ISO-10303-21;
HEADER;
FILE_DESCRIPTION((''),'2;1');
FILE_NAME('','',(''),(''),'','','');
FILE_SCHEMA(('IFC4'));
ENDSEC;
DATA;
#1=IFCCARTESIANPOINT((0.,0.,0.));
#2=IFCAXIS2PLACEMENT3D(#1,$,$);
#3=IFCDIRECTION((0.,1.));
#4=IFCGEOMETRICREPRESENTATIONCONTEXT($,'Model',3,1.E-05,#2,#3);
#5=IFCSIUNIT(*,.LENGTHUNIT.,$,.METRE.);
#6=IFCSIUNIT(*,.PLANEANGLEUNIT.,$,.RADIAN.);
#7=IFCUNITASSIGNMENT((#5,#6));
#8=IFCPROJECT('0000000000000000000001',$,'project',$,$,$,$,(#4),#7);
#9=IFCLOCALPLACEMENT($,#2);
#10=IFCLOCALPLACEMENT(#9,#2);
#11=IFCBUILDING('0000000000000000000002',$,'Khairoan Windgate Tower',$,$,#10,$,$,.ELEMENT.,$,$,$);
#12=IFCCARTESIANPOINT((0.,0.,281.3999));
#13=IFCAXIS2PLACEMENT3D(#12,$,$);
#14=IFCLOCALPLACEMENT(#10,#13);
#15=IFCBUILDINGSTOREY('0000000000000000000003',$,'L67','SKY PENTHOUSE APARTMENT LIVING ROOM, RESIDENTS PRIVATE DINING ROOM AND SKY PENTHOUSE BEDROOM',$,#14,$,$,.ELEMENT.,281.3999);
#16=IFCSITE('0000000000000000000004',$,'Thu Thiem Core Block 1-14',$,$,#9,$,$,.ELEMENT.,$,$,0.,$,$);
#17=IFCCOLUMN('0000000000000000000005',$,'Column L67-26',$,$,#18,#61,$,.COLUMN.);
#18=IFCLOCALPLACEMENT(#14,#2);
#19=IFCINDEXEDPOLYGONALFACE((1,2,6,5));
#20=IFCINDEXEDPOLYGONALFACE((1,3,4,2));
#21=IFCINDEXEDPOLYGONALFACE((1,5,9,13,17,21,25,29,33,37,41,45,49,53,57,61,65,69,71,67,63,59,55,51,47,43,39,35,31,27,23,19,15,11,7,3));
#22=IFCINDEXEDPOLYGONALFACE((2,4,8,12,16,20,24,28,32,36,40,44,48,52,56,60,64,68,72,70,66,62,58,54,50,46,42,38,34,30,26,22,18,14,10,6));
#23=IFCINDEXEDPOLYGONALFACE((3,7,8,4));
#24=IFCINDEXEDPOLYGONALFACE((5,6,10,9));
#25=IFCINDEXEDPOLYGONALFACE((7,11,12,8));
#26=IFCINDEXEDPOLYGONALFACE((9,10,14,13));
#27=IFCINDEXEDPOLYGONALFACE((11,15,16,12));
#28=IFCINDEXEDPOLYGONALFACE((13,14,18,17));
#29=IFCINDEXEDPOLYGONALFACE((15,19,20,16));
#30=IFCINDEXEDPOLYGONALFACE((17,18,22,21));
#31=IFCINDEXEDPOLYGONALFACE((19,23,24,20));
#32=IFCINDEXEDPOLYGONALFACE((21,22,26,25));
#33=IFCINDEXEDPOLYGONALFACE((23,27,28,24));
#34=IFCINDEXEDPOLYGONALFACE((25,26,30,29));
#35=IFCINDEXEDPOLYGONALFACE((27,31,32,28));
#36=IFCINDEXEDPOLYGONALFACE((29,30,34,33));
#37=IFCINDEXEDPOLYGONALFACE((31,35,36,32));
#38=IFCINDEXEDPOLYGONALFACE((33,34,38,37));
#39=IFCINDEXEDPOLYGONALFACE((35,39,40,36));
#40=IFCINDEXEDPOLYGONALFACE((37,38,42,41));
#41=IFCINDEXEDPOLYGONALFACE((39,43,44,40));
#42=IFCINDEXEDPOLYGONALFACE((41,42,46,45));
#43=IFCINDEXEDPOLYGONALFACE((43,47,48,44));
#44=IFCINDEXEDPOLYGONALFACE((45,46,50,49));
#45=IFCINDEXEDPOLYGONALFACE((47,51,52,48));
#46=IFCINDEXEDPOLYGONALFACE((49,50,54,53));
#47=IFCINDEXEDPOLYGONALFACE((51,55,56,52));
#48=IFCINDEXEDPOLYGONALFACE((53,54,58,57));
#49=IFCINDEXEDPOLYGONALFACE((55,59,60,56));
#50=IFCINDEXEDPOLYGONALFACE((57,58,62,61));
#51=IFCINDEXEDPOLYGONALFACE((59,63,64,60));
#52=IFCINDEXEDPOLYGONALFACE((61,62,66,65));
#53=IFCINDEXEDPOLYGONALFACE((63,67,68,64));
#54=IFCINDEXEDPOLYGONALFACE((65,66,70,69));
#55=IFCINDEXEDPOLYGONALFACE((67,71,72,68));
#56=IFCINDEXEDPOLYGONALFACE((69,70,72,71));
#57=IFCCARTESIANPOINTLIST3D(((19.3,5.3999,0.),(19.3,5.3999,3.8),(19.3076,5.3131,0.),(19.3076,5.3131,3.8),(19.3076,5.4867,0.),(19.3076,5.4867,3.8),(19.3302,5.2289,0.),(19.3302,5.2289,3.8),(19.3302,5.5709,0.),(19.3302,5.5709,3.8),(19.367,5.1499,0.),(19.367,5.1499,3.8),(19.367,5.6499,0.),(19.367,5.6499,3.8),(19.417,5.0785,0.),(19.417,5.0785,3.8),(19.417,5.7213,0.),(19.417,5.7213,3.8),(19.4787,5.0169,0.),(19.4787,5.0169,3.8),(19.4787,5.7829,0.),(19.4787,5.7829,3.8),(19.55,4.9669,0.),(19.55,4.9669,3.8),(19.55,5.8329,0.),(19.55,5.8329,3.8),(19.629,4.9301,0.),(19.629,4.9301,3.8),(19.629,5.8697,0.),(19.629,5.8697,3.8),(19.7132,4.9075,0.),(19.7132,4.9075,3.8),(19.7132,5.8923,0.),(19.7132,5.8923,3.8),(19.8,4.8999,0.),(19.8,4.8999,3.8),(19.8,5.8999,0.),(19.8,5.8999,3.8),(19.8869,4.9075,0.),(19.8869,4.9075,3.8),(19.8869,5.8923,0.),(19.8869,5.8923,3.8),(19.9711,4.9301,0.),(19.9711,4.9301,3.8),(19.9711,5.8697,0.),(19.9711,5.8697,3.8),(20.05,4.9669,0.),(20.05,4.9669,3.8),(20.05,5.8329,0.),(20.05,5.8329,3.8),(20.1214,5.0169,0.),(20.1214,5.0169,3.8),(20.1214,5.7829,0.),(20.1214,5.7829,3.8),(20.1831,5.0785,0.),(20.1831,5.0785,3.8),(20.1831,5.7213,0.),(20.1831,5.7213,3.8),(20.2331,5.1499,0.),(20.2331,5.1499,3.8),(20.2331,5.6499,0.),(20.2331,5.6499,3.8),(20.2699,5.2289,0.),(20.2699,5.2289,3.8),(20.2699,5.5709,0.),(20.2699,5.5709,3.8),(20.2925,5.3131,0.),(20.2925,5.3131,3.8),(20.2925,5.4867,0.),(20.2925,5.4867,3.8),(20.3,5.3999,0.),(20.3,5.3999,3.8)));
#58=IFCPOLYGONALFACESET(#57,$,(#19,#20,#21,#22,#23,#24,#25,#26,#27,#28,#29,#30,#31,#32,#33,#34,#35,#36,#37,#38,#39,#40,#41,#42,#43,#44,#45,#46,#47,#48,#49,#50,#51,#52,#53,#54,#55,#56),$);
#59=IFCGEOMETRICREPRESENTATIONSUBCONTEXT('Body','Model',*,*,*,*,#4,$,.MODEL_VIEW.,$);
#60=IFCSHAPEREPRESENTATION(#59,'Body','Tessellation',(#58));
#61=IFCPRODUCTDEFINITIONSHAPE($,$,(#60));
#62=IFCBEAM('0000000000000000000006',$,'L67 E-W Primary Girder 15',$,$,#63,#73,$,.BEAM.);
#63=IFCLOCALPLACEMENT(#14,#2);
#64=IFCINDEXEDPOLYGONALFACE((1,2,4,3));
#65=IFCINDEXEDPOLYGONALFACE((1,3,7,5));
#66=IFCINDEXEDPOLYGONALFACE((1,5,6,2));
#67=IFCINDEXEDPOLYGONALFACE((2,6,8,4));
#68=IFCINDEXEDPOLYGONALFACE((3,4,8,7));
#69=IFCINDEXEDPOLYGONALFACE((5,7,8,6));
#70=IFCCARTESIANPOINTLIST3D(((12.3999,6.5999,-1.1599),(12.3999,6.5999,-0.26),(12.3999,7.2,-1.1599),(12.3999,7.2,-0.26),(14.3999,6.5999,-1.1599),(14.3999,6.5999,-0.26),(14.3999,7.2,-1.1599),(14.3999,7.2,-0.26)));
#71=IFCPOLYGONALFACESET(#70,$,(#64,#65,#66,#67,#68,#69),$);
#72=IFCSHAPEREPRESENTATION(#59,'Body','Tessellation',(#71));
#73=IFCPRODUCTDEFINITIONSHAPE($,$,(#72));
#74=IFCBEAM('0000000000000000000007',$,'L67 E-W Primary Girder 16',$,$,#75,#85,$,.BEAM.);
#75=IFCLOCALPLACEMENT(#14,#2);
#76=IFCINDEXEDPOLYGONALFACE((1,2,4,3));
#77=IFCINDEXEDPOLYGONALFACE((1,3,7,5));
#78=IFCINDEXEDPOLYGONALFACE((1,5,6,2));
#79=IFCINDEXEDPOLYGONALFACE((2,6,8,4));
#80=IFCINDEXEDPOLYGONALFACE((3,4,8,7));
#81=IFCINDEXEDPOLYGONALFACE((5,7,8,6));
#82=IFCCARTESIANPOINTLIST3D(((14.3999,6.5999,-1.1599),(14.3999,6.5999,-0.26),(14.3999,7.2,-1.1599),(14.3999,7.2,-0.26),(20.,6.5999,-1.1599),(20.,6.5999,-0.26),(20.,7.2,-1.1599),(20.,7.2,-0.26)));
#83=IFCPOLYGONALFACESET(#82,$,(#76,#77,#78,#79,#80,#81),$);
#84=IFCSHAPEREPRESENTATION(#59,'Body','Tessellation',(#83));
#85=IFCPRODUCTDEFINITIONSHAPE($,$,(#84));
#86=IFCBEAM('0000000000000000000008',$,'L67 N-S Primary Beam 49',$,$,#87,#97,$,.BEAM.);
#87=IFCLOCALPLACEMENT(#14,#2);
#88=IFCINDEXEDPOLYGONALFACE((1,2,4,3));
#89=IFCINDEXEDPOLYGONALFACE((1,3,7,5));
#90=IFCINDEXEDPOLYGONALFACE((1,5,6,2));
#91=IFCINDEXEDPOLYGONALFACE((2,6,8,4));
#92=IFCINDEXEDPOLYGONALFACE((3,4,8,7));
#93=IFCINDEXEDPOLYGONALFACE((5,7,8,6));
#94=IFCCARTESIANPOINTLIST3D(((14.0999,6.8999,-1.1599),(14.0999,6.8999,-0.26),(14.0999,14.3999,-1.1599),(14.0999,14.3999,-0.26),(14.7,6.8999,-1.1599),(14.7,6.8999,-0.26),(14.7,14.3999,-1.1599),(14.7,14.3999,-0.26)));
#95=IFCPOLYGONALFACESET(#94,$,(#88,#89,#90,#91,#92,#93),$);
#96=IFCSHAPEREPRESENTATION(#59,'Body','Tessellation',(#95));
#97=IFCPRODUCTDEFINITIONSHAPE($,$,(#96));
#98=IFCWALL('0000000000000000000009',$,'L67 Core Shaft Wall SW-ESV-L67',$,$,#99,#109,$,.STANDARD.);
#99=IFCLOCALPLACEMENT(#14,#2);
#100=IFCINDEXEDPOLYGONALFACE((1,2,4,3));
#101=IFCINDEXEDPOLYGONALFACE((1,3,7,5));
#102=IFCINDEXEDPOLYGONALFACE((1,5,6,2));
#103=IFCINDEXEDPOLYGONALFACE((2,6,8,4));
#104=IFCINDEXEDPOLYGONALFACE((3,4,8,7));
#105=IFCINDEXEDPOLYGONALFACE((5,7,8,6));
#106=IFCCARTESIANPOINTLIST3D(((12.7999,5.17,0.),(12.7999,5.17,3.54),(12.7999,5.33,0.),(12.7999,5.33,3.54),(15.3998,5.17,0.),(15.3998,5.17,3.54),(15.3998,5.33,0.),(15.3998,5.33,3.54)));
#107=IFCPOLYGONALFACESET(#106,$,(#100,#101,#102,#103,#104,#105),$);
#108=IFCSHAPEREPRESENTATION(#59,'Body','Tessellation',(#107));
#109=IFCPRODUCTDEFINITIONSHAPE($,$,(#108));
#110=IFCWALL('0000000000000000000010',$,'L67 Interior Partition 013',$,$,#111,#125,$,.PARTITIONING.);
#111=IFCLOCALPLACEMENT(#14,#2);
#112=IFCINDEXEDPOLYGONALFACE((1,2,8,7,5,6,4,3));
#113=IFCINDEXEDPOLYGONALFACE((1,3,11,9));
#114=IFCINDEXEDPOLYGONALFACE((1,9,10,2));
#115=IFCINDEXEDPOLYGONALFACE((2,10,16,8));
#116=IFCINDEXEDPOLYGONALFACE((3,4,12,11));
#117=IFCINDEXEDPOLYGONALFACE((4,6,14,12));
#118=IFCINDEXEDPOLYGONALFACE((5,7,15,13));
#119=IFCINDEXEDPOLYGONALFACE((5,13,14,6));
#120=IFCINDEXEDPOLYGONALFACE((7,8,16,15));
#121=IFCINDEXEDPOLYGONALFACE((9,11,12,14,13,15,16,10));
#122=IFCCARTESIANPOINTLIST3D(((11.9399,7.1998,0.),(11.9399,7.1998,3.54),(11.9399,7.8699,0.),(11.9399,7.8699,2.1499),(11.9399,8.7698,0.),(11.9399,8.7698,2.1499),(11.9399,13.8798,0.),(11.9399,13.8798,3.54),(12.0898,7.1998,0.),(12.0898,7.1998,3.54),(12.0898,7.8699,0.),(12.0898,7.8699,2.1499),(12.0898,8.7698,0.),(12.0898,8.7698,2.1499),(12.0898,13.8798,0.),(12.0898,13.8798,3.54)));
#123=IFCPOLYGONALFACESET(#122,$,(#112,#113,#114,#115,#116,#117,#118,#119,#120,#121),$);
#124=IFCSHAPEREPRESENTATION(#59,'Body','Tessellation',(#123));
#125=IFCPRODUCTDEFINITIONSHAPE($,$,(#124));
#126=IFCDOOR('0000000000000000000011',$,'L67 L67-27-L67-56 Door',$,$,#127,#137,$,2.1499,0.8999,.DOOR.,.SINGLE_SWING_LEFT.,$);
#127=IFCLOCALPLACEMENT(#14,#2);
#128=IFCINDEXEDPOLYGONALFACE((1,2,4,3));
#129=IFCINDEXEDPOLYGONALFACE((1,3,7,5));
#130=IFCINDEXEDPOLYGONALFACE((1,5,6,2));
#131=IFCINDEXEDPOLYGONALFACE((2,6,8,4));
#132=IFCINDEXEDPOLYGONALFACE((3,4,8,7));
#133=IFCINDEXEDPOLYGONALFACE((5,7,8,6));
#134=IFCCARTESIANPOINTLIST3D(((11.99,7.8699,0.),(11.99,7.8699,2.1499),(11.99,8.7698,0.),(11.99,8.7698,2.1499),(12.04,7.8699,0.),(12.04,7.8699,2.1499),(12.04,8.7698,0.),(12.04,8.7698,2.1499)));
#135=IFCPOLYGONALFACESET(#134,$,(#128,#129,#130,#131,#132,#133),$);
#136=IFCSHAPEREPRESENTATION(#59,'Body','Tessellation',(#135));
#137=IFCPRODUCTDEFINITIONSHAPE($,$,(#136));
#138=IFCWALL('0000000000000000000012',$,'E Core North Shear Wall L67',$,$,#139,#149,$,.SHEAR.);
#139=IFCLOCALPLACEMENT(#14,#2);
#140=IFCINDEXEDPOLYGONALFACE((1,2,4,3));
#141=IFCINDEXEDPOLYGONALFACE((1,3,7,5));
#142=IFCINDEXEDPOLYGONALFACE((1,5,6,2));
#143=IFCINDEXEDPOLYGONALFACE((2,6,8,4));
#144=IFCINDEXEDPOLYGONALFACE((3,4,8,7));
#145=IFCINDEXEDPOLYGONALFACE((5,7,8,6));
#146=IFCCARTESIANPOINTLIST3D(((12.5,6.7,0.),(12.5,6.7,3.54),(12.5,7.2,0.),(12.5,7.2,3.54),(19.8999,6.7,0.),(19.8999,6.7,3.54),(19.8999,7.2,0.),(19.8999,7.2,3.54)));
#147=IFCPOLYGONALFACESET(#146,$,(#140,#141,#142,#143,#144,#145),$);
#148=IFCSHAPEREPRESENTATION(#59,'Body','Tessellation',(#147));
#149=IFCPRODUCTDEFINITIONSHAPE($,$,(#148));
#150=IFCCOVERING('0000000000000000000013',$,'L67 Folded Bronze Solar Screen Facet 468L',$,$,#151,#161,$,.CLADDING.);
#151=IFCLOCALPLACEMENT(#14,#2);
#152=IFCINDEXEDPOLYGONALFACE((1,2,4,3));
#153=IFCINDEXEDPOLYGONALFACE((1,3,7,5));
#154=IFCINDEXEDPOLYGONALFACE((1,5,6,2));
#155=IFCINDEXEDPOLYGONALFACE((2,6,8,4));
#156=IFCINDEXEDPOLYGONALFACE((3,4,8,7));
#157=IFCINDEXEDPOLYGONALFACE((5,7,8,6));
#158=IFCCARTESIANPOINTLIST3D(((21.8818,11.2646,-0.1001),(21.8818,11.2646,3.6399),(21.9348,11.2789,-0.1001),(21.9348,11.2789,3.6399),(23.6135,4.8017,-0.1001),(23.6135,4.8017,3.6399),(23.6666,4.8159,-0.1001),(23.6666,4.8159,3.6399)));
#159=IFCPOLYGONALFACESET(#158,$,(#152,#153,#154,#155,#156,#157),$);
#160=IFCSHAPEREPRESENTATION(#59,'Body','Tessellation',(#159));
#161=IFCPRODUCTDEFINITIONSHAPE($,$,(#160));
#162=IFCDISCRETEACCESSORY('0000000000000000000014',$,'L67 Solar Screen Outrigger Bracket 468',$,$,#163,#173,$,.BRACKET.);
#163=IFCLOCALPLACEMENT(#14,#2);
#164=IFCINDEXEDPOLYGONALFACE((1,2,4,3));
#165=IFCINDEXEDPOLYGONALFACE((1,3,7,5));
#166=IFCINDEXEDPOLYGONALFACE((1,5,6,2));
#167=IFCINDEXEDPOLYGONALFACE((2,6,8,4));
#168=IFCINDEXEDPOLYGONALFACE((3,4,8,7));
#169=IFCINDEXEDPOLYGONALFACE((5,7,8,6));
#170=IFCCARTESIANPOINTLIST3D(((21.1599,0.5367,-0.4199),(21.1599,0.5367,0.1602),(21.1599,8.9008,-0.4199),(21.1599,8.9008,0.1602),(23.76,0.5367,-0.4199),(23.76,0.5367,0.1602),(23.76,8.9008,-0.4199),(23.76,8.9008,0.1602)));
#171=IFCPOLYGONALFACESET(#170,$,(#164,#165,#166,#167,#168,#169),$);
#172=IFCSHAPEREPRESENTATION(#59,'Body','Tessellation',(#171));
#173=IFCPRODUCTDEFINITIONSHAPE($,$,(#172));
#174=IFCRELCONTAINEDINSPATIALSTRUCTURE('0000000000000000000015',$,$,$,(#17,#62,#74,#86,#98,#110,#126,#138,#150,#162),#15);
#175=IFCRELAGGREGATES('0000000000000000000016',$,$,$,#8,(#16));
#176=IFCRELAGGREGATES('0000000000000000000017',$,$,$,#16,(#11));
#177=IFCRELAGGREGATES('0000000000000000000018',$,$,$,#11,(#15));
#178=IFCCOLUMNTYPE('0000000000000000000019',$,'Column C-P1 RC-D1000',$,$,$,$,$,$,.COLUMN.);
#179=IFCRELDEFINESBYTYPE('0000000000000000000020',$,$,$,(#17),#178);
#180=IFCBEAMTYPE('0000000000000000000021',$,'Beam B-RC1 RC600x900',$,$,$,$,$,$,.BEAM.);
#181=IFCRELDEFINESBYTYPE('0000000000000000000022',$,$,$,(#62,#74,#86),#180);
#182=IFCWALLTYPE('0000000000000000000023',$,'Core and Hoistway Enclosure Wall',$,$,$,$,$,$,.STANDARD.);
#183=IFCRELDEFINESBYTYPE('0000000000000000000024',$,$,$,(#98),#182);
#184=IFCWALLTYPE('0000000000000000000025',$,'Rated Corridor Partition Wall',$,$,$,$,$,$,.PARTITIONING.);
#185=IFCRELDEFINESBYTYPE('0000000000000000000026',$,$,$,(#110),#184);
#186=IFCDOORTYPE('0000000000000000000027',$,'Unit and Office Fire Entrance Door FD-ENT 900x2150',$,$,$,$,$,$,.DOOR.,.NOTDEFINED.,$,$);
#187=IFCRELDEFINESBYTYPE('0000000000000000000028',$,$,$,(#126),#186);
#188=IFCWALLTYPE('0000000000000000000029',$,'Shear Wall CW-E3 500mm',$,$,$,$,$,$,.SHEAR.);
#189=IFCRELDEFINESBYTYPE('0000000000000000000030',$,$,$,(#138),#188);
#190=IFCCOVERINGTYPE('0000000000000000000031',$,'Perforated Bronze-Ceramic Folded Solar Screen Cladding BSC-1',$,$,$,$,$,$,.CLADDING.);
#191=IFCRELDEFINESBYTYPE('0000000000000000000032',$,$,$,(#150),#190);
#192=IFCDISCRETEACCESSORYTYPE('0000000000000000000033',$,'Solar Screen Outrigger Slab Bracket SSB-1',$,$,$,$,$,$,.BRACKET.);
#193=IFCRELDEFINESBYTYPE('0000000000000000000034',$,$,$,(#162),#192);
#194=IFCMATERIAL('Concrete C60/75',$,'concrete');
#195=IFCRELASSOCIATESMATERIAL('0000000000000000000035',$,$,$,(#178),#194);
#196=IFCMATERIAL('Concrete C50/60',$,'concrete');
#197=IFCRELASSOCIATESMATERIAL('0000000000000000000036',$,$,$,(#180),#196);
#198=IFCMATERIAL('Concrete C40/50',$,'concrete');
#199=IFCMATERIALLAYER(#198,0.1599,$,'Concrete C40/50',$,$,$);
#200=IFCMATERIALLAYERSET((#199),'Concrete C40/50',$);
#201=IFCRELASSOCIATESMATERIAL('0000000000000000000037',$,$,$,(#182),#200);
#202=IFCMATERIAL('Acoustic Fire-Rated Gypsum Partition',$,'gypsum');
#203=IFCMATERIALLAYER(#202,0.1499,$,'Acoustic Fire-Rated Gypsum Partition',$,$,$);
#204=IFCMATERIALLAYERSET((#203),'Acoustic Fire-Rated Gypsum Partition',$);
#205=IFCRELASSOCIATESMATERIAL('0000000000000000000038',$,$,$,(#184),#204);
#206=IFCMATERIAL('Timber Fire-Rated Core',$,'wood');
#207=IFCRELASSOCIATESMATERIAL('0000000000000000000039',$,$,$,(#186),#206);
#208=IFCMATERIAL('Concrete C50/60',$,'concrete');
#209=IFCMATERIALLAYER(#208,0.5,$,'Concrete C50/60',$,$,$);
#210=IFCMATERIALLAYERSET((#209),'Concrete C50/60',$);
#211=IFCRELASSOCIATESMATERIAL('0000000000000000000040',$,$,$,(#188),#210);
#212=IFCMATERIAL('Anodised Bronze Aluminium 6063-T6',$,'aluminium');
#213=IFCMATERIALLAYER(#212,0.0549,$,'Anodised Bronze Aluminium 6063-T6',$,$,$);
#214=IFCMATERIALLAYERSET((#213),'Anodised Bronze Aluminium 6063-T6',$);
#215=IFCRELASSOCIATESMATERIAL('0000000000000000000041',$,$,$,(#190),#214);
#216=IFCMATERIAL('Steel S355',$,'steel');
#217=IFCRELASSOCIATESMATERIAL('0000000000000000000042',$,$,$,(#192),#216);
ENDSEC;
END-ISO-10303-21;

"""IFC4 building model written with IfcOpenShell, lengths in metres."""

from ifc_helpers import new_model, si_unit, direction, frame, frame_2d, origin, origin_2d, place, context, subcontext, project, spatial, rectangle, circle, extrude, material, layer, layer_set, material_profile, profile_set, type_object, element, fill, save


model = new_model("IFC4")

# Units and contexts
model_context = context("Model", 3, precision=1e-05, world=origin(), true_north=direction((0.0, 1.0)))
body_context = subcontext(model_context, "Body", "Model", "MODEL_VIEW")
ifc_project = project(units=[si_unit("LENGTHUNIT", "METRE"), si_unit("PLANEANGLEUNIT", "RADIAN")], contexts=[model_context])

# Site, building, storey
site_placement = place(None, origin())
site = spatial("IfcSite", under=ifc_project, at=site_placement, Name="Thu Thiem Core Block 1-14", CompositionType="ELEMENT", RefElevation=0.0)
building_placement = place(site_placement, origin())
building = spatial("IfcBuilding", under=site, at=building_placement, Name="Khairoan Windgate Tower", CompositionType="ELEMENT")
storey_placement = place(building_placement, frame((0.0, 0.0, 281.3999)))
storey = spatial("IfcBuildingStorey", under=building, at=storey_placement, Name="L67", Description="SKY PENTHOUSE APARTMENT LIVING ROOM, RESIDENTS PRIVATE DINING ROOM AND SKY PENTHOUSE BEDROOM", CompositionType="ELEMENT", Elevation=281.3999)

# Column
ifc_material_1 = material(Name="Concrete C60/75", Category="concrete")
ifc_material_profile_1 = material_profile(ifc_material_1, circle(Radius=0.5, at=origin_2d()))
ifc_profile_set_1 = profile_set([ifc_material_profile_1], Name="Concrete C60/75")
column_type = type_object("IfcColumnType", Name="Column C-P1 RC-D1000", PredefinedType="COLUMN", material=ifc_profile_set_1)
column_placement = place(storey_placement, frame((19.8, 5.3999, 0.0), z_axis=(0.0, 0.0, 1.0), x_axis=(1.0, 0.0, 0.0)))
element("IfcColumn", 1, at=column_placement, inside=storey, type_object=column_type, Name="Column L67-26", PredefinedType="COLUMN", context=body_context, shape_type="SweptSolid", body=[
    extrude(circle(Radius=0.5, at=origin_2d()), origin(), (0.0, 0.0, 1.0), 3.8),
])

# Beams
ifc_material_2 = material(Name="Concrete C50/60", Category="concrete")
ifc_material_profile_2 = material_profile(ifc_material_2, rectangle(XDim=0.6001, YDim=0.8999, at=origin_2d()))
ifc_profile_set_2 = profile_set([ifc_material_profile_2], Name="Concrete C50/60")
beam_type = type_object("IfcBeamType", Name="Beam B-RC1 RC600x900", PredefinedType="BEAM", material=ifc_profile_set_2)
beam_1_placement = place(storey_placement, frame((12.3999, 6.8999, -0.71), z_axis=(1.0, 0.0, 0.0), x_axis=(0.0, 1.0, 0.0)))
element("IfcBeam", 2, at=beam_1_placement, inside=storey, type_object=beam_type, Name="L67 E-W Primary Girder 15", PredefinedType="BEAM", context=body_context, shape_type="SweptSolid", body=[
    extrude(rectangle(XDim=0.6001, YDim=0.8999, at=origin_2d()), origin(), (0.0, 0.0, 1.0), 2.0),
])
beam_2_placement = place(storey_placement, frame((14.3999, 6.8999, -0.71), z_axis=(1.0, 0.0, 0.0), x_axis=(0.0, 1.0, 0.0)))
element("IfcBeam", 3, at=beam_2_placement, inside=storey, type_object=beam_type, Name="L67 E-W Primary Girder 16", PredefinedType="BEAM", context=body_context, shape_type="SweptSolid", body=[
    extrude(rectangle(XDim=0.6001, YDim=0.8999, at=origin_2d()), origin(), (0.0, 0.0, 1.0), 5.6001),
])
beam_3_placement = place(storey_placement, frame((14.3999, 6.8999, -0.71), z_axis=(0.0, 1.0, 0.0), x_axis=(-1.0, 0.0, 0.0)))
element("IfcBeam", 4, at=beam_3_placement, inside=storey, type_object=beam_type, Name="L67 N-S Primary Beam 49", PredefinedType="BEAM", context=body_context, shape_type="SweptSolid", body=[
    extrude(rectangle(XDim=0.6001, YDim=0.8999, at=origin_2d()), origin(), (0.0, 0.0, 1.0), 7.5),
])

# Wall
ifc_material_3 = material(Name="Concrete C40/50", Category="concrete")
ifc_layer_1 = layer(ifc_material_3, 0.1599, Name="Concrete C40/50")
ifc_layer_set_1 = layer_set([ifc_layer_1], Name="Concrete C40/50")
wall_type_1 = type_object("IfcWallType", Name="Core and Hoistway Enclosure Wall", PredefinedType="STANDARD", material=ifc_layer_set_1)
wall_1_placement = place(storey_placement, frame((12.8, 5.25, 0.0), z_axis=(0.0, 0.0, 1.0), x_axis=(1.0, 0.0, 0.0)))
element("IfcWall", 5, at=wall_1_placement, inside=storey, type_object=wall_type_1, Name="L67 Core Shaft Wall SW-ESV-L67", PredefinedType="STANDARD", context=body_context, shape_type="SweptSolid", body=[
    extrude(rectangle(XDim=2.5999, YDim=0.1599, at=frame_2d((1.2998, 0.0))), origin(), (0.0, 0.0, 1.0), 3.54),
])

# Wall, opening, door
ifc_material_4 = material(Name="Acoustic Fire-Rated Gypsum Partition", Category="gypsum")
ifc_layer_2 = layer(ifc_material_4, 0.1499, Name="Acoustic Fire-Rated Gypsum Partition")
ifc_layer_set_2 = layer_set([ifc_layer_2], Name="Acoustic Fire-Rated Gypsum Partition")
wall_type_2 = type_object("IfcWallType", Name="Rated Corridor Partition Wall", PredefinedType="PARTITIONING", material=ifc_layer_set_2)
wall_2_placement = place(storey_placement, frame((12.0149, 7.2, 0.0), z_axis=(0.0, 0.0, 1.0), x_axis=(0.0, 1.0, 0.0)))
wall_2 = element("IfcWall", 6, at=wall_2_placement, inside=storey, type_object=wall_type_2, Name="L67 Interior Partition 013", PredefinedType="PARTITIONING", context=body_context, shape_type="SweptSolid", body=[
    extrude(rectangle(XDim=6.6799, YDim=0.1499, at=frame_2d((3.3398, 0.0))), origin(), (0.0, 0.0, 1.0), 3.54),
])
opening_placement = place(wall_2_placement, frame((0.6699, 0.0, 0.0)))
opening = element("IfcOpeningElement", 7, at=opening_placement, cuts=wall_2, PredefinedType="OPENING", context=body_context, shape_type="SweptSolid", body=[
    extrude(rectangle(XDim=0.8999, YDim=2.1499, at=frame_2d((0.45, 1.075))), frame((0.0, 0.085, 0.0), z_axis=(0.0, -1.0, 0.0), x_axis=(1.0, 0.0, 0.0)), (0.0, 0.0, 1.0), 0.1699),
])
ifc_material_5 = material(Name="Timber Fire-Rated Core", Category="wood")
door_type = type_object("IfcDoorType", Name="Unit and Office Fire Entrance Door FD-ENT 900x2150", OperationType="NOTDEFINED", PredefinedType="DOOR", material=ifc_material_5)
door_placement = place(opening_placement, origin())
door = element("IfcDoor", 8, at=door_placement, inside=storey, type_object=door_type, Name="L67 L67-27-L67-56 Door", OperationType="SINGLE_SWING_LEFT", OverallHeight=2.1499, OverallWidth=0.8999, PredefinedType="DOOR", context=body_context, shape_type="SweptSolid", body=[
    extrude(rectangle(XDim=0.8999, YDim=2.1499, at=frame_2d((0.45, 1.075))), frame((0.0, 0.0249, 0.0), z_axis=(0.0, -1.0, 0.0), x_axis=(1.0, 0.0, 0.0)), (0.0, 0.0, 1.0), 0.05),
])
fill(opening, door)

# Wall
ifc_material_6 = material(Name="Concrete C50/60", Category="concrete")
ifc_layer_3 = layer(ifc_material_6, 0.5, Name="Concrete C50/60")
ifc_layer_set_3 = layer_set([ifc_layer_3], Name="Concrete C50/60")
wall_type_3 = type_object("IfcWallType", Name="Shear Wall CW-E3 500mm", PredefinedType="SHEAR", material=ifc_layer_set_3)
wall_3_placement = place(storey_placement, frame((12.5, 6.95, 0.0), z_axis=(0.0, 0.0, 1.0), x_axis=(1.0, 0.0, 0.0)))
element("IfcWall", 9, at=wall_3_placement, inside=storey, type_object=wall_type_3, Name="E Core North Shear Wall L67", PredefinedType="SHEAR", context=body_context, shape_type="SweptSolid", body=[
    extrude(rectangle(XDim=7.3999, YDim=0.5, at=frame_2d((3.7, 0.0))), origin(), (0.0, 0.0, 1.0), 3.54),
])

# Covering
ifc_material_7 = material(Name="Anodised Bronze Aluminium 6063-T6", Category="aluminium")
ifc_layer_4 = layer(ifc_material_7, 0.0549, Name="Anodised Bronze Aluminium 6063-T6")
ifc_layer_set_4 = layer_set([ifc_layer_4], Name="Anodised Bronze Aluminium 6063-T6")
covering_type = type_object("IfcCoveringType", Name="Perforated Bronze-Ceramic Folded Solar Screen Cladding BSC-1", PredefinedType="CLADDING", material=ifc_layer_set_4)
covering_placement = place(storey_placement, frame((22.7742, 8.0403, -0.1001), z_axis=(0.0, 0.0, 1.0), x_axis=(0.258819, -0.965926, 0.0)))
element("IfcCovering", 10, at=covering_placement, inside=storey, type_object=covering_type, Name="L67 Folded Bronze Solar Screen Facet 468L", PredefinedType="CLADDING", context=body_context, shape_type="SweptSolid", body=[
    extrude(rectangle(XDim=6.6909, YDim=0.0549, at=origin_2d()), origin(), (0.0, 0.0, 1.0), 3.74),
])

# Discrete accessory
ifc_material_8 = material(Name="Steel S355", Category="steel")
discrete_accessory_type = type_object("IfcDiscreteAccessoryType", Name="Solar Screen Outrigger Slab Bracket SSB-1", PredefinedType="BRACKET", material=ifc_material_8)
discrete_accessory_placement = place(storey_placement, frame((22.46, 4.7188, -0.4199), z_axis=(0.0, 0.0, 1.0), x_axis=(0.0, -1.0, 0.0)))
element("IfcDiscreteAccessory", 11, at=discrete_accessory_placement, inside=storey, type_object=discrete_accessory_type, Name="L67 Solar Screen Outrigger Bracket 468", PredefinedType="BRACKET", context=body_context, shape_type="SweptSolid", body=[
    extrude(rectangle(XDim=8.364, YDim=2.6001, at=origin_2d()), origin(), (0.0, 0.0, 1.0), 0.5801),
])

save(model, "model.ifc")
